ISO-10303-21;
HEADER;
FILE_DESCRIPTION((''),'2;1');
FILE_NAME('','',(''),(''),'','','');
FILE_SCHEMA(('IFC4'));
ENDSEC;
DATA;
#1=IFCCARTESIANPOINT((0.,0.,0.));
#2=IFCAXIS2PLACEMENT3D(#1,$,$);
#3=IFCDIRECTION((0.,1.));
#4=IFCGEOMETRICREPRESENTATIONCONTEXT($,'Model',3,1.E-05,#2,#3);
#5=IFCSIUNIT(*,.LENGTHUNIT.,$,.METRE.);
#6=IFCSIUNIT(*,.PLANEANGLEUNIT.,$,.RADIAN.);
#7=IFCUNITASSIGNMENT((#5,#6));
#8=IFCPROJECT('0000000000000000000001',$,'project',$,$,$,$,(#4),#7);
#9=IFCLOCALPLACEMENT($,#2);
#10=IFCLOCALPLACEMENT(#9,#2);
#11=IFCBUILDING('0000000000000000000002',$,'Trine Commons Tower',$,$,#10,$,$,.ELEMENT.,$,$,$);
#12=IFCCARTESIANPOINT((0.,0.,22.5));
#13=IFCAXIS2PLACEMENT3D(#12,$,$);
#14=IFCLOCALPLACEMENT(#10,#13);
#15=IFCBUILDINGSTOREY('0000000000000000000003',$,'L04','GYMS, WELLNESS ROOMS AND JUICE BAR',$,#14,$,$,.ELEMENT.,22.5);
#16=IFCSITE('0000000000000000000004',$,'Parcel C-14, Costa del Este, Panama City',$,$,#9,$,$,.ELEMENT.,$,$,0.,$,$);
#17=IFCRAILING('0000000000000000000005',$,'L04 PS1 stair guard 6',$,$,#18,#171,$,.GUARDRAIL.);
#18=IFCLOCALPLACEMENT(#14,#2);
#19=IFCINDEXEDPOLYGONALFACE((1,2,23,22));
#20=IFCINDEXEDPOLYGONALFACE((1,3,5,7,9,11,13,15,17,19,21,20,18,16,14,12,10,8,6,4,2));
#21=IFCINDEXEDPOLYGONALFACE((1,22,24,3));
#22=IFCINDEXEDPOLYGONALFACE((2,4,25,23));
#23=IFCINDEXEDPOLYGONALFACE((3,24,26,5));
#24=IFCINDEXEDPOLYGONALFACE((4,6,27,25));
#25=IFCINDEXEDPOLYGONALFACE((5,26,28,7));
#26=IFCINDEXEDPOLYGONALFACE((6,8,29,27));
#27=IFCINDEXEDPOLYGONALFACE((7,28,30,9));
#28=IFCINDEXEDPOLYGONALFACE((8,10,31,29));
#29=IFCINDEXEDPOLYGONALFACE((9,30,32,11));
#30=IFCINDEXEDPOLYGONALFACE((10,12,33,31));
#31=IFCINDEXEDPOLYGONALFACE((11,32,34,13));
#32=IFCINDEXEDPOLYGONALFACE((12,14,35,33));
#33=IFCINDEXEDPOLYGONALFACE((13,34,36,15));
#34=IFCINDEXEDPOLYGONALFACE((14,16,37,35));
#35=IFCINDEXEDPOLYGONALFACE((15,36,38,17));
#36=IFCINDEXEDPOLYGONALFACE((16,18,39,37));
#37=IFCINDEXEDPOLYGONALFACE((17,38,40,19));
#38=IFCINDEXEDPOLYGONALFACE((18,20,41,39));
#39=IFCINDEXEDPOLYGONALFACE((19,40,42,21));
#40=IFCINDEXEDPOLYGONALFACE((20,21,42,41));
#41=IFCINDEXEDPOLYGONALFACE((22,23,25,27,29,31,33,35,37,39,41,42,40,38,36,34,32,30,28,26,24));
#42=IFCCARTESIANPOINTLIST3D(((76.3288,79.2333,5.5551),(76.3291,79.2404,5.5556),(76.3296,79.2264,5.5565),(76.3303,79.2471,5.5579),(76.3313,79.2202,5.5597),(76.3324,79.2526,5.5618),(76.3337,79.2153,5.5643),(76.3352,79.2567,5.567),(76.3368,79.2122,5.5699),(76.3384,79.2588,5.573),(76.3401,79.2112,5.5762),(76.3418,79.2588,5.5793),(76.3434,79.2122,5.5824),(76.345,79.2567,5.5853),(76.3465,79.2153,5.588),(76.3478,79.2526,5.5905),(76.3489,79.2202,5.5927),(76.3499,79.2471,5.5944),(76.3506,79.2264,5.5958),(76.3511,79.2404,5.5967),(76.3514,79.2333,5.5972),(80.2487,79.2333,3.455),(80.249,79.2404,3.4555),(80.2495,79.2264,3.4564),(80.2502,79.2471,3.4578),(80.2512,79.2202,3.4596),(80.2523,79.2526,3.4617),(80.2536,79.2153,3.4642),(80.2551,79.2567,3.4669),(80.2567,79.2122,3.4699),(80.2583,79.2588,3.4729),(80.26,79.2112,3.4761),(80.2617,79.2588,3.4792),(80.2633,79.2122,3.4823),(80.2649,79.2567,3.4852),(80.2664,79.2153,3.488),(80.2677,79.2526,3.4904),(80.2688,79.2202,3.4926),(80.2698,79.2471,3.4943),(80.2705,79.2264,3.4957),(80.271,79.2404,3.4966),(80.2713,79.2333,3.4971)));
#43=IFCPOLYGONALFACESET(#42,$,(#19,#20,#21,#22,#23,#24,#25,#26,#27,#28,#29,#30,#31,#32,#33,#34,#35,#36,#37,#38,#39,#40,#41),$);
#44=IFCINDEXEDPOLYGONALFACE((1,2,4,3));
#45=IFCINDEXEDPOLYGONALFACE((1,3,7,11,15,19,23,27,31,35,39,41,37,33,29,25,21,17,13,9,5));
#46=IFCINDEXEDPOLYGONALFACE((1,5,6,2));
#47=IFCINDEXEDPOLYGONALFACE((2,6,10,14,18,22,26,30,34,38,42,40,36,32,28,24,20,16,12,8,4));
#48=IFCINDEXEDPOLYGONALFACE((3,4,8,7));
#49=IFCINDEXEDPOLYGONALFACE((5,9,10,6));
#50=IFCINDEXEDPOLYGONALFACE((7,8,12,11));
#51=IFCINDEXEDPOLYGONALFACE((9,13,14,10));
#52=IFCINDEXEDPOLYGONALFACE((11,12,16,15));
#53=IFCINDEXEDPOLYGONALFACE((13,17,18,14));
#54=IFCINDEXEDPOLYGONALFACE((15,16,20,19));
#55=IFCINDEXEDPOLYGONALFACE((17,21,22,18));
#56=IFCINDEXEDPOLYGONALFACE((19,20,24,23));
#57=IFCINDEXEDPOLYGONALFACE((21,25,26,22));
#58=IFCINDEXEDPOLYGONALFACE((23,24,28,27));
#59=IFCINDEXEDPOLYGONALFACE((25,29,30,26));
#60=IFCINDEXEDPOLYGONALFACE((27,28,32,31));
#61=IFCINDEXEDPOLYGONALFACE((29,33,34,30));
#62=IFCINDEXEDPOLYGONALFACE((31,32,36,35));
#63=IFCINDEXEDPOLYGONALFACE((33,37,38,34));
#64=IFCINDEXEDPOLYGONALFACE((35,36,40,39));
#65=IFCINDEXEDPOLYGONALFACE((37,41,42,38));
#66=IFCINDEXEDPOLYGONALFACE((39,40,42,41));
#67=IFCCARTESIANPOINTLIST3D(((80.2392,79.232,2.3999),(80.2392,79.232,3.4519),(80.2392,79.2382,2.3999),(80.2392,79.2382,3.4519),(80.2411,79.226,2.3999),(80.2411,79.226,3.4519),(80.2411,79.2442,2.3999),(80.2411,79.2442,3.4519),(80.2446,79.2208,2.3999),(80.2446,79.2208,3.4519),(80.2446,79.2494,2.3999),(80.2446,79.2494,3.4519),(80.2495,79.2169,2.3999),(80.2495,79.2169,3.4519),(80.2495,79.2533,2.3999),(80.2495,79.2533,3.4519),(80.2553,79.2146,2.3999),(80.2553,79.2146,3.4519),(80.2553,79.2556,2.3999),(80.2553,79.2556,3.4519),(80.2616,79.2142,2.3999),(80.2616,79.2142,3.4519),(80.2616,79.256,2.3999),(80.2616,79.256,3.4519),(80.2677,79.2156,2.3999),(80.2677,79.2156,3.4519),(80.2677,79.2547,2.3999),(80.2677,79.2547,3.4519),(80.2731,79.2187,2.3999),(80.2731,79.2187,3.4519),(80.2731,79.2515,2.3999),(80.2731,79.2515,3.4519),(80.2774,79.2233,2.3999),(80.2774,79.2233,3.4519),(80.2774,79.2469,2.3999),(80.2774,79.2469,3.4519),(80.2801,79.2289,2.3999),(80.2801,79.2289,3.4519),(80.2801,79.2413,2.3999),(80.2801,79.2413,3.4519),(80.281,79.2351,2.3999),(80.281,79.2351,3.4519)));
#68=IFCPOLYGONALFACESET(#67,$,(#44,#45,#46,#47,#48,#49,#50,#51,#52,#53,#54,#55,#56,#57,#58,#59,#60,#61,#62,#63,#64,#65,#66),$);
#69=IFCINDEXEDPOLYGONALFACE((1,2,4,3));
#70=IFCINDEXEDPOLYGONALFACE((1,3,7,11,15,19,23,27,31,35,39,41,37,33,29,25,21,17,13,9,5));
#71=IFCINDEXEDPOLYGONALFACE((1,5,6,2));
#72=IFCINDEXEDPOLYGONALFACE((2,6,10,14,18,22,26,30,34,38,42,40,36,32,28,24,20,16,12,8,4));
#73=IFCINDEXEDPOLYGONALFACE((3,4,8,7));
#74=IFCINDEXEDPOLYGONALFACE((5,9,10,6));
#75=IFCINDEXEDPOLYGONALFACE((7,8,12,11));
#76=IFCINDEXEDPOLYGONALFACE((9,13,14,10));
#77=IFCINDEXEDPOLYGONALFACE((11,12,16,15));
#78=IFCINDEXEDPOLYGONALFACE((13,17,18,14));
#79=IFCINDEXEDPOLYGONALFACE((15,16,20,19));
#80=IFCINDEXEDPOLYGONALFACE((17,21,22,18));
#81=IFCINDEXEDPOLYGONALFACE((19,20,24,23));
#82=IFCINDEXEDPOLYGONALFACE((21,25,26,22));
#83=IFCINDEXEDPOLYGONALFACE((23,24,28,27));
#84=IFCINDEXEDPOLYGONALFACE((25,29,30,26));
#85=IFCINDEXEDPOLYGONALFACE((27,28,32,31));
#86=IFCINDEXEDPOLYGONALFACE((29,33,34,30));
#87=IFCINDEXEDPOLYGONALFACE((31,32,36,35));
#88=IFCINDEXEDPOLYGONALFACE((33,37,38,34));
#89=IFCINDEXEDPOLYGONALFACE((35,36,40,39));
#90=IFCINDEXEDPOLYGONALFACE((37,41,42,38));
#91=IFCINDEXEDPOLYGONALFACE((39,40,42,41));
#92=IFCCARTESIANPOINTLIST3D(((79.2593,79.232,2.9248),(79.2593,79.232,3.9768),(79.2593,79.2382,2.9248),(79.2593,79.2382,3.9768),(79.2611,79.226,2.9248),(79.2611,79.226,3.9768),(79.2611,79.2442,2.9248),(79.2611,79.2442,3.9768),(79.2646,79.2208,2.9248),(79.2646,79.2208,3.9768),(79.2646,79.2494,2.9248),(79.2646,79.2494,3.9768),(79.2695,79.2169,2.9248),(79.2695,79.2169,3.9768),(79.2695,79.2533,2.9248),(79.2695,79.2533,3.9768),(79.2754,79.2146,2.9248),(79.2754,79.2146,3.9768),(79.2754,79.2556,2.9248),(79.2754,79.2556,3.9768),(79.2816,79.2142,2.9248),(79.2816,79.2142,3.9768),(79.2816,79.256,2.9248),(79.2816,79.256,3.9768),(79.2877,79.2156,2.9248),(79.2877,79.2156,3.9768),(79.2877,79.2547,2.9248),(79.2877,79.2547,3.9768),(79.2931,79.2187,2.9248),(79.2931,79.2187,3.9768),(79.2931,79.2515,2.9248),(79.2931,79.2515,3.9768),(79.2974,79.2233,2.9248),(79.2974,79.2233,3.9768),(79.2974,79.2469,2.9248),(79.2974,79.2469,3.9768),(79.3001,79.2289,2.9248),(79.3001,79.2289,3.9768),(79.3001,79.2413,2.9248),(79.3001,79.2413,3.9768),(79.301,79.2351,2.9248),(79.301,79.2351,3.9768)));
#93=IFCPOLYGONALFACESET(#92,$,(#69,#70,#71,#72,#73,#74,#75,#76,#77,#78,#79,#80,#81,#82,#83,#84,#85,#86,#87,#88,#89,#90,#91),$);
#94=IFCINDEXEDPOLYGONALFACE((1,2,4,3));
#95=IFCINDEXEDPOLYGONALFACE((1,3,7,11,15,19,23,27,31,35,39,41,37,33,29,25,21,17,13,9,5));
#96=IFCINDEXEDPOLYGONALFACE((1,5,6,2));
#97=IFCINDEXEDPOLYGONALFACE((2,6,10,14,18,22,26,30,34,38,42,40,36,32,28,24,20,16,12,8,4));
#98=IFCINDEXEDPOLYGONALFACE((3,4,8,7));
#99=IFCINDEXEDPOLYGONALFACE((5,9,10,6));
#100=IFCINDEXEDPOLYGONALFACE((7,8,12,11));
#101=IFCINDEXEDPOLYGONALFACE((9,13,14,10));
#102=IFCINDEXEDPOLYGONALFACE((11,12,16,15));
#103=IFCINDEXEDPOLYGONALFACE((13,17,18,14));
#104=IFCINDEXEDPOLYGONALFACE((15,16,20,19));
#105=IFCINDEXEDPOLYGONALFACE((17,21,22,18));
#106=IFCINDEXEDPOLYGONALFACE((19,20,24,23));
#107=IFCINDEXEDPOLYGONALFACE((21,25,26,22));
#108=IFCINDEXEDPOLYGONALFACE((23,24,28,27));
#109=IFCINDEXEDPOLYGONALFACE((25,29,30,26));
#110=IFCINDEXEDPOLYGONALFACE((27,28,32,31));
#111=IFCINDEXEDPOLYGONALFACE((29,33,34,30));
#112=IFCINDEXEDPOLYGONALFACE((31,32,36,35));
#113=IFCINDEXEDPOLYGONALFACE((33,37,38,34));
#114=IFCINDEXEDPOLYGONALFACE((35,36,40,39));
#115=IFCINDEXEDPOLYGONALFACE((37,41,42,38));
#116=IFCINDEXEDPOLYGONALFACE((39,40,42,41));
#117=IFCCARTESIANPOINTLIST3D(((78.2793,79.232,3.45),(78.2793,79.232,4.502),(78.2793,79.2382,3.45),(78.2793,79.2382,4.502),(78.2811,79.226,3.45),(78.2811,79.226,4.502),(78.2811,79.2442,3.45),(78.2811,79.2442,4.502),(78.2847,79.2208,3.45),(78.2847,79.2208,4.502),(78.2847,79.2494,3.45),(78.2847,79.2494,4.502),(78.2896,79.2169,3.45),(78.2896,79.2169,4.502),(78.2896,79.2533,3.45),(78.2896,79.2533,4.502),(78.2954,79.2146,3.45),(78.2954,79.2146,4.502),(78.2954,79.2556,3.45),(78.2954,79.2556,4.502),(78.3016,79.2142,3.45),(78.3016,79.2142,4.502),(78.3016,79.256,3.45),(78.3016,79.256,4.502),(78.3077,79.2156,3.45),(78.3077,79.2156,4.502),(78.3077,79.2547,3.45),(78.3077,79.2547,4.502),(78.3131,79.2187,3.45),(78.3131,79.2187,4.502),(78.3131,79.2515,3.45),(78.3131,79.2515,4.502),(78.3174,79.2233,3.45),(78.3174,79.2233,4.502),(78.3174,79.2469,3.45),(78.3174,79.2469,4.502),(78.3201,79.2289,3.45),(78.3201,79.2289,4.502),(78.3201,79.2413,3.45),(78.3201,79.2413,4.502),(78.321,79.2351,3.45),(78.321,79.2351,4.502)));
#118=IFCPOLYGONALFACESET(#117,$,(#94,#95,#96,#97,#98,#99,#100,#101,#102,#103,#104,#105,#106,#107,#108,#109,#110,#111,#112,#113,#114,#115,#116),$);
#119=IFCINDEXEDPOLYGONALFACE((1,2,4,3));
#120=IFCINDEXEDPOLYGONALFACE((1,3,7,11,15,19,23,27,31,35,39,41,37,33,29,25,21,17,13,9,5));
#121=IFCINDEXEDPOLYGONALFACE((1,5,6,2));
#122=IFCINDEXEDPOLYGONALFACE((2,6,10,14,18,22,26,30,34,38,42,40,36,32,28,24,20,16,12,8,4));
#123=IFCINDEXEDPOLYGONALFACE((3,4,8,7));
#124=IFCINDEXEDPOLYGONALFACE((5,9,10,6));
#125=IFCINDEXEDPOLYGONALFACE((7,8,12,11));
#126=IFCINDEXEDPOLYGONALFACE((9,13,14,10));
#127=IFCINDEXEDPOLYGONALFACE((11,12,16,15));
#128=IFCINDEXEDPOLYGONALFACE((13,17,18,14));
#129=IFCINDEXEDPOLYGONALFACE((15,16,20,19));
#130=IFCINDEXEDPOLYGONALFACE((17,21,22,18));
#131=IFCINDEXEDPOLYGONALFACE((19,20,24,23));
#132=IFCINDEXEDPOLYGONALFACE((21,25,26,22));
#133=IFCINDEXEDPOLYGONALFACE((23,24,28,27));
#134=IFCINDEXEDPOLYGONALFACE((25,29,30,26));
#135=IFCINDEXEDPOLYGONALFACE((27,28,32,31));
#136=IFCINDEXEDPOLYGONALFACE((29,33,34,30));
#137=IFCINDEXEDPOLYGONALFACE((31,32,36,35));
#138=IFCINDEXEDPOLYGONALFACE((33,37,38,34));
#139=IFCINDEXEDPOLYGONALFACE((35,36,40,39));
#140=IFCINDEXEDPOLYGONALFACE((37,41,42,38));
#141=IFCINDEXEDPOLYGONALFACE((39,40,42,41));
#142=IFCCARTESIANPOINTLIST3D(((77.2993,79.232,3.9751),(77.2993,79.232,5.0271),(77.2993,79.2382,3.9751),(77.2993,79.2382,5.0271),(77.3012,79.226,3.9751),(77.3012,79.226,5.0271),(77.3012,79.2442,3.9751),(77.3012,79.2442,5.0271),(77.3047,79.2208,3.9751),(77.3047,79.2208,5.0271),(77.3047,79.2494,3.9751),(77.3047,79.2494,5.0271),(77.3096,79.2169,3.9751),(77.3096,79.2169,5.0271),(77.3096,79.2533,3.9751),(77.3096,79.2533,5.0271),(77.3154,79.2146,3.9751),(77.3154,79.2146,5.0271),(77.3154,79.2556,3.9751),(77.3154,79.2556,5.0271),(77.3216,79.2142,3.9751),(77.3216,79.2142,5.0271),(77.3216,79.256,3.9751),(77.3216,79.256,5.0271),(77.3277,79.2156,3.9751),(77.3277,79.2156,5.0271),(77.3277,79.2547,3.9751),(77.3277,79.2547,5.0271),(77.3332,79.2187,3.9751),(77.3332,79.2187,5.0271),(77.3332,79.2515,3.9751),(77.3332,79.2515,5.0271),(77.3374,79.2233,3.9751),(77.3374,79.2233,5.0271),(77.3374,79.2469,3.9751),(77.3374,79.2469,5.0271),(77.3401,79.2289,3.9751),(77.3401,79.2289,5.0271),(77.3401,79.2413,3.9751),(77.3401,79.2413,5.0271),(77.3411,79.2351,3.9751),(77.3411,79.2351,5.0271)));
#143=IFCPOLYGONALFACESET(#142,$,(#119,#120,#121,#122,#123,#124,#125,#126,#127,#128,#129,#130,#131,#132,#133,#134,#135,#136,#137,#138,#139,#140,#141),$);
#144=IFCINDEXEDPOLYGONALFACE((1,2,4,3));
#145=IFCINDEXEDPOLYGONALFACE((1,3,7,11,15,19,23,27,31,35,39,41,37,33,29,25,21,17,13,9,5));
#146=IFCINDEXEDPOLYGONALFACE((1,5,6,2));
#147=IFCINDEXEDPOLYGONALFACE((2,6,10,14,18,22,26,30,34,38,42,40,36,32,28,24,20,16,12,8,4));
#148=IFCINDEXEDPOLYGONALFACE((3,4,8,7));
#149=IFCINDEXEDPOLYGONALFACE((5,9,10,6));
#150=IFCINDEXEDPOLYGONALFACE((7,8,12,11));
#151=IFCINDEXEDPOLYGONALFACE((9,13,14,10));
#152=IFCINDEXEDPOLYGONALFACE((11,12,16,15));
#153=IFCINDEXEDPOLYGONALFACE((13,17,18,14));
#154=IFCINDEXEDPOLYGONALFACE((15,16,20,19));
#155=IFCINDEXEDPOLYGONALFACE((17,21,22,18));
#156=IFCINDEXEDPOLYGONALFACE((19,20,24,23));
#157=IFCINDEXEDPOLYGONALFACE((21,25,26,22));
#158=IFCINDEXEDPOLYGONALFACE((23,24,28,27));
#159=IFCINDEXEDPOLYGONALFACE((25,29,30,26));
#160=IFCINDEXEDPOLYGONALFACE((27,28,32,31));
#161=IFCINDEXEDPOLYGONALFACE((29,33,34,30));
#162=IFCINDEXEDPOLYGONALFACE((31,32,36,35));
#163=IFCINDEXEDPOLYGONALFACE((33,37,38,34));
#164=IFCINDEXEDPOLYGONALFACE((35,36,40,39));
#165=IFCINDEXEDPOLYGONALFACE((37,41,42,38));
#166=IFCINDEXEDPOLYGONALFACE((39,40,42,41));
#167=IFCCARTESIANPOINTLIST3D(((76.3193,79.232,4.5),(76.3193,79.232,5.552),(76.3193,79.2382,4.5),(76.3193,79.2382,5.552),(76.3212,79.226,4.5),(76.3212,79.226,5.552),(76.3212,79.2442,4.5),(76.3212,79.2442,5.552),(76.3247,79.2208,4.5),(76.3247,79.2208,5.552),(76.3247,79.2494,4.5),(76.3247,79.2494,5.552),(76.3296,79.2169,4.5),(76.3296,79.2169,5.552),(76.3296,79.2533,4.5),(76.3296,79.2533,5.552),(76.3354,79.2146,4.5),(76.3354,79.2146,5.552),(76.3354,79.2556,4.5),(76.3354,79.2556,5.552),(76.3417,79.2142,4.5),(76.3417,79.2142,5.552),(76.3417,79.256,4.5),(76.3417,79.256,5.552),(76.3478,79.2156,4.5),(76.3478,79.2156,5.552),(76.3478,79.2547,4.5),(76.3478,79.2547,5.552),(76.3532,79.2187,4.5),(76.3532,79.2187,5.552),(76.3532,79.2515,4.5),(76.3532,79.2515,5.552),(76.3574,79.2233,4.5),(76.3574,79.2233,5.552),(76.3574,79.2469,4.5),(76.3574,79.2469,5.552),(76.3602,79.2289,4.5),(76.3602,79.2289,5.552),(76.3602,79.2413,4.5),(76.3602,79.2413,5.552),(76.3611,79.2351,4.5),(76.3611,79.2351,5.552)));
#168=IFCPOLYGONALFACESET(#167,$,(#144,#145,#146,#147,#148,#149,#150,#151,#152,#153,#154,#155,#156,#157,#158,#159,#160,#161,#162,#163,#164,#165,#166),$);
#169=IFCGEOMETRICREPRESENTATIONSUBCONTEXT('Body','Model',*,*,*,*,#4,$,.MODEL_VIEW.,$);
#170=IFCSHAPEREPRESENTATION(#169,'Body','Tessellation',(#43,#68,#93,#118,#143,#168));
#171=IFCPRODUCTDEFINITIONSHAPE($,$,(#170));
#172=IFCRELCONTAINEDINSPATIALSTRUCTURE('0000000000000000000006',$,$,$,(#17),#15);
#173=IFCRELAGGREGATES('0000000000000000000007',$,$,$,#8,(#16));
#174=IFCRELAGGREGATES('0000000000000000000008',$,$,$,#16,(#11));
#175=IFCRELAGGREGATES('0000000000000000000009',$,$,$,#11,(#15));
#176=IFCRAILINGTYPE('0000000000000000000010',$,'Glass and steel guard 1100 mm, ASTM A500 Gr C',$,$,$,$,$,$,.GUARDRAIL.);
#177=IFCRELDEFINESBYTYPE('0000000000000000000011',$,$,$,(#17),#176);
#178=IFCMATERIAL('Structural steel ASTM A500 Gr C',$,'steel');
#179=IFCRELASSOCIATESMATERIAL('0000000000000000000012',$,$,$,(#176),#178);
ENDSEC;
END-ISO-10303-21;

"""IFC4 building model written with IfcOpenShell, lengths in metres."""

from ifc_helpers import new_model, si_unit, direction, frame, origin, origin_2d, place, context, subcontext, project, spatial, circle, extrude, material, type_object, element, save


model = new_model("IFC4")

# Units and contexts
model_context = context("Model", 3, precision=1e-05, world=origin(), true_north=direction((0.0, 1.0)))
body_context = subcontext(model_context, "Body", "Model", "MODEL_VIEW")
ifc_project = project(units=[si_unit("LENGTHUNIT", "METRE"), si_unit("PLANEANGLEUNIT", "RADIAN")], contexts=[model_context])

# Site, building, storey
site_placement = place(None, origin())
site = spatial("IfcSite", under=ifc_project, at=site_placement, Name="Parcel C-14, Costa del Este, Panama City", CompositionType="ELEMENT", RefElevation=0.0)
building_placement = place(site_placement, origin())
building = spatial("IfcBuilding", under=site, at=building_placement, Name="Trine Commons Tower", CompositionType="ELEMENT")
storey_placement = place(building_placement, frame((0.0, 0.0, 22.5)))
storey = spatial("IfcBuildingStorey", under=building, at=storey_placement, Name="L04", Description="GYMS, WELLNESS ROOMS AND JUICE BAR", CompositionType="ELEMENT", Elevation=22.5)

# Railing
ifc_material_1 = material(Name="Structural steel ASTM A500 Gr C", Category="steel")
railing_type_1 = type_object("IfcRailingType", Name="Glass and steel guard 1100 mm, ASTM A500 Gr C", PredefinedType="GUARDRAIL", material=ifc_material_1)
railing_1_placement = place(storey_placement, frame((80.26, 79.2351, 2.3999)))
element("IfcRailing", 1, at=railing_1_placement, inside=storey, type_object=railing_type_1, Name="L04 PS1 stair guard 6", PredefinedType="GUARDRAIL", context=body_context, shape_type="SweptSolid", body=[
    extrude(circle(Radius=0.0239, at=origin_2d()), frame((0.0, 0.0, 1.0762), z_axis=(-0.881467, 0.0, 0.472246), x_axis=(0.0, -1.0, 0.0)), (0.0, 0.0, 1.0), 4.447),
    extrude(circle(Radius=0.021, at=origin_2d()), origin(), (0.0, 0.0, 1.0), 1.052),
    extrude(circle(Radius=0.021, at=origin_2d()), frame((-0.98, 0.0, 0.5249)), (0.0, 0.0, 1.0), 1.052),
    extrude(circle(Radius=0.021, at=origin_2d()), frame((-1.96, 0.0, 1.05)), (0.0, 0.0, 1.0), 1.052),
    extrude(circle(Radius=0.021, at=origin_2d()), frame((-2.9399, 0.0, 1.5752)), (0.0, 0.0, 1.0), 1.052),
    extrude(circle(Radius=0.021, at=origin_2d()), frame((-3.9199, 0.0, 2.1001)), (0.0, 0.0, 1.0), 1.052),
])

save(model, "model.ifc")
